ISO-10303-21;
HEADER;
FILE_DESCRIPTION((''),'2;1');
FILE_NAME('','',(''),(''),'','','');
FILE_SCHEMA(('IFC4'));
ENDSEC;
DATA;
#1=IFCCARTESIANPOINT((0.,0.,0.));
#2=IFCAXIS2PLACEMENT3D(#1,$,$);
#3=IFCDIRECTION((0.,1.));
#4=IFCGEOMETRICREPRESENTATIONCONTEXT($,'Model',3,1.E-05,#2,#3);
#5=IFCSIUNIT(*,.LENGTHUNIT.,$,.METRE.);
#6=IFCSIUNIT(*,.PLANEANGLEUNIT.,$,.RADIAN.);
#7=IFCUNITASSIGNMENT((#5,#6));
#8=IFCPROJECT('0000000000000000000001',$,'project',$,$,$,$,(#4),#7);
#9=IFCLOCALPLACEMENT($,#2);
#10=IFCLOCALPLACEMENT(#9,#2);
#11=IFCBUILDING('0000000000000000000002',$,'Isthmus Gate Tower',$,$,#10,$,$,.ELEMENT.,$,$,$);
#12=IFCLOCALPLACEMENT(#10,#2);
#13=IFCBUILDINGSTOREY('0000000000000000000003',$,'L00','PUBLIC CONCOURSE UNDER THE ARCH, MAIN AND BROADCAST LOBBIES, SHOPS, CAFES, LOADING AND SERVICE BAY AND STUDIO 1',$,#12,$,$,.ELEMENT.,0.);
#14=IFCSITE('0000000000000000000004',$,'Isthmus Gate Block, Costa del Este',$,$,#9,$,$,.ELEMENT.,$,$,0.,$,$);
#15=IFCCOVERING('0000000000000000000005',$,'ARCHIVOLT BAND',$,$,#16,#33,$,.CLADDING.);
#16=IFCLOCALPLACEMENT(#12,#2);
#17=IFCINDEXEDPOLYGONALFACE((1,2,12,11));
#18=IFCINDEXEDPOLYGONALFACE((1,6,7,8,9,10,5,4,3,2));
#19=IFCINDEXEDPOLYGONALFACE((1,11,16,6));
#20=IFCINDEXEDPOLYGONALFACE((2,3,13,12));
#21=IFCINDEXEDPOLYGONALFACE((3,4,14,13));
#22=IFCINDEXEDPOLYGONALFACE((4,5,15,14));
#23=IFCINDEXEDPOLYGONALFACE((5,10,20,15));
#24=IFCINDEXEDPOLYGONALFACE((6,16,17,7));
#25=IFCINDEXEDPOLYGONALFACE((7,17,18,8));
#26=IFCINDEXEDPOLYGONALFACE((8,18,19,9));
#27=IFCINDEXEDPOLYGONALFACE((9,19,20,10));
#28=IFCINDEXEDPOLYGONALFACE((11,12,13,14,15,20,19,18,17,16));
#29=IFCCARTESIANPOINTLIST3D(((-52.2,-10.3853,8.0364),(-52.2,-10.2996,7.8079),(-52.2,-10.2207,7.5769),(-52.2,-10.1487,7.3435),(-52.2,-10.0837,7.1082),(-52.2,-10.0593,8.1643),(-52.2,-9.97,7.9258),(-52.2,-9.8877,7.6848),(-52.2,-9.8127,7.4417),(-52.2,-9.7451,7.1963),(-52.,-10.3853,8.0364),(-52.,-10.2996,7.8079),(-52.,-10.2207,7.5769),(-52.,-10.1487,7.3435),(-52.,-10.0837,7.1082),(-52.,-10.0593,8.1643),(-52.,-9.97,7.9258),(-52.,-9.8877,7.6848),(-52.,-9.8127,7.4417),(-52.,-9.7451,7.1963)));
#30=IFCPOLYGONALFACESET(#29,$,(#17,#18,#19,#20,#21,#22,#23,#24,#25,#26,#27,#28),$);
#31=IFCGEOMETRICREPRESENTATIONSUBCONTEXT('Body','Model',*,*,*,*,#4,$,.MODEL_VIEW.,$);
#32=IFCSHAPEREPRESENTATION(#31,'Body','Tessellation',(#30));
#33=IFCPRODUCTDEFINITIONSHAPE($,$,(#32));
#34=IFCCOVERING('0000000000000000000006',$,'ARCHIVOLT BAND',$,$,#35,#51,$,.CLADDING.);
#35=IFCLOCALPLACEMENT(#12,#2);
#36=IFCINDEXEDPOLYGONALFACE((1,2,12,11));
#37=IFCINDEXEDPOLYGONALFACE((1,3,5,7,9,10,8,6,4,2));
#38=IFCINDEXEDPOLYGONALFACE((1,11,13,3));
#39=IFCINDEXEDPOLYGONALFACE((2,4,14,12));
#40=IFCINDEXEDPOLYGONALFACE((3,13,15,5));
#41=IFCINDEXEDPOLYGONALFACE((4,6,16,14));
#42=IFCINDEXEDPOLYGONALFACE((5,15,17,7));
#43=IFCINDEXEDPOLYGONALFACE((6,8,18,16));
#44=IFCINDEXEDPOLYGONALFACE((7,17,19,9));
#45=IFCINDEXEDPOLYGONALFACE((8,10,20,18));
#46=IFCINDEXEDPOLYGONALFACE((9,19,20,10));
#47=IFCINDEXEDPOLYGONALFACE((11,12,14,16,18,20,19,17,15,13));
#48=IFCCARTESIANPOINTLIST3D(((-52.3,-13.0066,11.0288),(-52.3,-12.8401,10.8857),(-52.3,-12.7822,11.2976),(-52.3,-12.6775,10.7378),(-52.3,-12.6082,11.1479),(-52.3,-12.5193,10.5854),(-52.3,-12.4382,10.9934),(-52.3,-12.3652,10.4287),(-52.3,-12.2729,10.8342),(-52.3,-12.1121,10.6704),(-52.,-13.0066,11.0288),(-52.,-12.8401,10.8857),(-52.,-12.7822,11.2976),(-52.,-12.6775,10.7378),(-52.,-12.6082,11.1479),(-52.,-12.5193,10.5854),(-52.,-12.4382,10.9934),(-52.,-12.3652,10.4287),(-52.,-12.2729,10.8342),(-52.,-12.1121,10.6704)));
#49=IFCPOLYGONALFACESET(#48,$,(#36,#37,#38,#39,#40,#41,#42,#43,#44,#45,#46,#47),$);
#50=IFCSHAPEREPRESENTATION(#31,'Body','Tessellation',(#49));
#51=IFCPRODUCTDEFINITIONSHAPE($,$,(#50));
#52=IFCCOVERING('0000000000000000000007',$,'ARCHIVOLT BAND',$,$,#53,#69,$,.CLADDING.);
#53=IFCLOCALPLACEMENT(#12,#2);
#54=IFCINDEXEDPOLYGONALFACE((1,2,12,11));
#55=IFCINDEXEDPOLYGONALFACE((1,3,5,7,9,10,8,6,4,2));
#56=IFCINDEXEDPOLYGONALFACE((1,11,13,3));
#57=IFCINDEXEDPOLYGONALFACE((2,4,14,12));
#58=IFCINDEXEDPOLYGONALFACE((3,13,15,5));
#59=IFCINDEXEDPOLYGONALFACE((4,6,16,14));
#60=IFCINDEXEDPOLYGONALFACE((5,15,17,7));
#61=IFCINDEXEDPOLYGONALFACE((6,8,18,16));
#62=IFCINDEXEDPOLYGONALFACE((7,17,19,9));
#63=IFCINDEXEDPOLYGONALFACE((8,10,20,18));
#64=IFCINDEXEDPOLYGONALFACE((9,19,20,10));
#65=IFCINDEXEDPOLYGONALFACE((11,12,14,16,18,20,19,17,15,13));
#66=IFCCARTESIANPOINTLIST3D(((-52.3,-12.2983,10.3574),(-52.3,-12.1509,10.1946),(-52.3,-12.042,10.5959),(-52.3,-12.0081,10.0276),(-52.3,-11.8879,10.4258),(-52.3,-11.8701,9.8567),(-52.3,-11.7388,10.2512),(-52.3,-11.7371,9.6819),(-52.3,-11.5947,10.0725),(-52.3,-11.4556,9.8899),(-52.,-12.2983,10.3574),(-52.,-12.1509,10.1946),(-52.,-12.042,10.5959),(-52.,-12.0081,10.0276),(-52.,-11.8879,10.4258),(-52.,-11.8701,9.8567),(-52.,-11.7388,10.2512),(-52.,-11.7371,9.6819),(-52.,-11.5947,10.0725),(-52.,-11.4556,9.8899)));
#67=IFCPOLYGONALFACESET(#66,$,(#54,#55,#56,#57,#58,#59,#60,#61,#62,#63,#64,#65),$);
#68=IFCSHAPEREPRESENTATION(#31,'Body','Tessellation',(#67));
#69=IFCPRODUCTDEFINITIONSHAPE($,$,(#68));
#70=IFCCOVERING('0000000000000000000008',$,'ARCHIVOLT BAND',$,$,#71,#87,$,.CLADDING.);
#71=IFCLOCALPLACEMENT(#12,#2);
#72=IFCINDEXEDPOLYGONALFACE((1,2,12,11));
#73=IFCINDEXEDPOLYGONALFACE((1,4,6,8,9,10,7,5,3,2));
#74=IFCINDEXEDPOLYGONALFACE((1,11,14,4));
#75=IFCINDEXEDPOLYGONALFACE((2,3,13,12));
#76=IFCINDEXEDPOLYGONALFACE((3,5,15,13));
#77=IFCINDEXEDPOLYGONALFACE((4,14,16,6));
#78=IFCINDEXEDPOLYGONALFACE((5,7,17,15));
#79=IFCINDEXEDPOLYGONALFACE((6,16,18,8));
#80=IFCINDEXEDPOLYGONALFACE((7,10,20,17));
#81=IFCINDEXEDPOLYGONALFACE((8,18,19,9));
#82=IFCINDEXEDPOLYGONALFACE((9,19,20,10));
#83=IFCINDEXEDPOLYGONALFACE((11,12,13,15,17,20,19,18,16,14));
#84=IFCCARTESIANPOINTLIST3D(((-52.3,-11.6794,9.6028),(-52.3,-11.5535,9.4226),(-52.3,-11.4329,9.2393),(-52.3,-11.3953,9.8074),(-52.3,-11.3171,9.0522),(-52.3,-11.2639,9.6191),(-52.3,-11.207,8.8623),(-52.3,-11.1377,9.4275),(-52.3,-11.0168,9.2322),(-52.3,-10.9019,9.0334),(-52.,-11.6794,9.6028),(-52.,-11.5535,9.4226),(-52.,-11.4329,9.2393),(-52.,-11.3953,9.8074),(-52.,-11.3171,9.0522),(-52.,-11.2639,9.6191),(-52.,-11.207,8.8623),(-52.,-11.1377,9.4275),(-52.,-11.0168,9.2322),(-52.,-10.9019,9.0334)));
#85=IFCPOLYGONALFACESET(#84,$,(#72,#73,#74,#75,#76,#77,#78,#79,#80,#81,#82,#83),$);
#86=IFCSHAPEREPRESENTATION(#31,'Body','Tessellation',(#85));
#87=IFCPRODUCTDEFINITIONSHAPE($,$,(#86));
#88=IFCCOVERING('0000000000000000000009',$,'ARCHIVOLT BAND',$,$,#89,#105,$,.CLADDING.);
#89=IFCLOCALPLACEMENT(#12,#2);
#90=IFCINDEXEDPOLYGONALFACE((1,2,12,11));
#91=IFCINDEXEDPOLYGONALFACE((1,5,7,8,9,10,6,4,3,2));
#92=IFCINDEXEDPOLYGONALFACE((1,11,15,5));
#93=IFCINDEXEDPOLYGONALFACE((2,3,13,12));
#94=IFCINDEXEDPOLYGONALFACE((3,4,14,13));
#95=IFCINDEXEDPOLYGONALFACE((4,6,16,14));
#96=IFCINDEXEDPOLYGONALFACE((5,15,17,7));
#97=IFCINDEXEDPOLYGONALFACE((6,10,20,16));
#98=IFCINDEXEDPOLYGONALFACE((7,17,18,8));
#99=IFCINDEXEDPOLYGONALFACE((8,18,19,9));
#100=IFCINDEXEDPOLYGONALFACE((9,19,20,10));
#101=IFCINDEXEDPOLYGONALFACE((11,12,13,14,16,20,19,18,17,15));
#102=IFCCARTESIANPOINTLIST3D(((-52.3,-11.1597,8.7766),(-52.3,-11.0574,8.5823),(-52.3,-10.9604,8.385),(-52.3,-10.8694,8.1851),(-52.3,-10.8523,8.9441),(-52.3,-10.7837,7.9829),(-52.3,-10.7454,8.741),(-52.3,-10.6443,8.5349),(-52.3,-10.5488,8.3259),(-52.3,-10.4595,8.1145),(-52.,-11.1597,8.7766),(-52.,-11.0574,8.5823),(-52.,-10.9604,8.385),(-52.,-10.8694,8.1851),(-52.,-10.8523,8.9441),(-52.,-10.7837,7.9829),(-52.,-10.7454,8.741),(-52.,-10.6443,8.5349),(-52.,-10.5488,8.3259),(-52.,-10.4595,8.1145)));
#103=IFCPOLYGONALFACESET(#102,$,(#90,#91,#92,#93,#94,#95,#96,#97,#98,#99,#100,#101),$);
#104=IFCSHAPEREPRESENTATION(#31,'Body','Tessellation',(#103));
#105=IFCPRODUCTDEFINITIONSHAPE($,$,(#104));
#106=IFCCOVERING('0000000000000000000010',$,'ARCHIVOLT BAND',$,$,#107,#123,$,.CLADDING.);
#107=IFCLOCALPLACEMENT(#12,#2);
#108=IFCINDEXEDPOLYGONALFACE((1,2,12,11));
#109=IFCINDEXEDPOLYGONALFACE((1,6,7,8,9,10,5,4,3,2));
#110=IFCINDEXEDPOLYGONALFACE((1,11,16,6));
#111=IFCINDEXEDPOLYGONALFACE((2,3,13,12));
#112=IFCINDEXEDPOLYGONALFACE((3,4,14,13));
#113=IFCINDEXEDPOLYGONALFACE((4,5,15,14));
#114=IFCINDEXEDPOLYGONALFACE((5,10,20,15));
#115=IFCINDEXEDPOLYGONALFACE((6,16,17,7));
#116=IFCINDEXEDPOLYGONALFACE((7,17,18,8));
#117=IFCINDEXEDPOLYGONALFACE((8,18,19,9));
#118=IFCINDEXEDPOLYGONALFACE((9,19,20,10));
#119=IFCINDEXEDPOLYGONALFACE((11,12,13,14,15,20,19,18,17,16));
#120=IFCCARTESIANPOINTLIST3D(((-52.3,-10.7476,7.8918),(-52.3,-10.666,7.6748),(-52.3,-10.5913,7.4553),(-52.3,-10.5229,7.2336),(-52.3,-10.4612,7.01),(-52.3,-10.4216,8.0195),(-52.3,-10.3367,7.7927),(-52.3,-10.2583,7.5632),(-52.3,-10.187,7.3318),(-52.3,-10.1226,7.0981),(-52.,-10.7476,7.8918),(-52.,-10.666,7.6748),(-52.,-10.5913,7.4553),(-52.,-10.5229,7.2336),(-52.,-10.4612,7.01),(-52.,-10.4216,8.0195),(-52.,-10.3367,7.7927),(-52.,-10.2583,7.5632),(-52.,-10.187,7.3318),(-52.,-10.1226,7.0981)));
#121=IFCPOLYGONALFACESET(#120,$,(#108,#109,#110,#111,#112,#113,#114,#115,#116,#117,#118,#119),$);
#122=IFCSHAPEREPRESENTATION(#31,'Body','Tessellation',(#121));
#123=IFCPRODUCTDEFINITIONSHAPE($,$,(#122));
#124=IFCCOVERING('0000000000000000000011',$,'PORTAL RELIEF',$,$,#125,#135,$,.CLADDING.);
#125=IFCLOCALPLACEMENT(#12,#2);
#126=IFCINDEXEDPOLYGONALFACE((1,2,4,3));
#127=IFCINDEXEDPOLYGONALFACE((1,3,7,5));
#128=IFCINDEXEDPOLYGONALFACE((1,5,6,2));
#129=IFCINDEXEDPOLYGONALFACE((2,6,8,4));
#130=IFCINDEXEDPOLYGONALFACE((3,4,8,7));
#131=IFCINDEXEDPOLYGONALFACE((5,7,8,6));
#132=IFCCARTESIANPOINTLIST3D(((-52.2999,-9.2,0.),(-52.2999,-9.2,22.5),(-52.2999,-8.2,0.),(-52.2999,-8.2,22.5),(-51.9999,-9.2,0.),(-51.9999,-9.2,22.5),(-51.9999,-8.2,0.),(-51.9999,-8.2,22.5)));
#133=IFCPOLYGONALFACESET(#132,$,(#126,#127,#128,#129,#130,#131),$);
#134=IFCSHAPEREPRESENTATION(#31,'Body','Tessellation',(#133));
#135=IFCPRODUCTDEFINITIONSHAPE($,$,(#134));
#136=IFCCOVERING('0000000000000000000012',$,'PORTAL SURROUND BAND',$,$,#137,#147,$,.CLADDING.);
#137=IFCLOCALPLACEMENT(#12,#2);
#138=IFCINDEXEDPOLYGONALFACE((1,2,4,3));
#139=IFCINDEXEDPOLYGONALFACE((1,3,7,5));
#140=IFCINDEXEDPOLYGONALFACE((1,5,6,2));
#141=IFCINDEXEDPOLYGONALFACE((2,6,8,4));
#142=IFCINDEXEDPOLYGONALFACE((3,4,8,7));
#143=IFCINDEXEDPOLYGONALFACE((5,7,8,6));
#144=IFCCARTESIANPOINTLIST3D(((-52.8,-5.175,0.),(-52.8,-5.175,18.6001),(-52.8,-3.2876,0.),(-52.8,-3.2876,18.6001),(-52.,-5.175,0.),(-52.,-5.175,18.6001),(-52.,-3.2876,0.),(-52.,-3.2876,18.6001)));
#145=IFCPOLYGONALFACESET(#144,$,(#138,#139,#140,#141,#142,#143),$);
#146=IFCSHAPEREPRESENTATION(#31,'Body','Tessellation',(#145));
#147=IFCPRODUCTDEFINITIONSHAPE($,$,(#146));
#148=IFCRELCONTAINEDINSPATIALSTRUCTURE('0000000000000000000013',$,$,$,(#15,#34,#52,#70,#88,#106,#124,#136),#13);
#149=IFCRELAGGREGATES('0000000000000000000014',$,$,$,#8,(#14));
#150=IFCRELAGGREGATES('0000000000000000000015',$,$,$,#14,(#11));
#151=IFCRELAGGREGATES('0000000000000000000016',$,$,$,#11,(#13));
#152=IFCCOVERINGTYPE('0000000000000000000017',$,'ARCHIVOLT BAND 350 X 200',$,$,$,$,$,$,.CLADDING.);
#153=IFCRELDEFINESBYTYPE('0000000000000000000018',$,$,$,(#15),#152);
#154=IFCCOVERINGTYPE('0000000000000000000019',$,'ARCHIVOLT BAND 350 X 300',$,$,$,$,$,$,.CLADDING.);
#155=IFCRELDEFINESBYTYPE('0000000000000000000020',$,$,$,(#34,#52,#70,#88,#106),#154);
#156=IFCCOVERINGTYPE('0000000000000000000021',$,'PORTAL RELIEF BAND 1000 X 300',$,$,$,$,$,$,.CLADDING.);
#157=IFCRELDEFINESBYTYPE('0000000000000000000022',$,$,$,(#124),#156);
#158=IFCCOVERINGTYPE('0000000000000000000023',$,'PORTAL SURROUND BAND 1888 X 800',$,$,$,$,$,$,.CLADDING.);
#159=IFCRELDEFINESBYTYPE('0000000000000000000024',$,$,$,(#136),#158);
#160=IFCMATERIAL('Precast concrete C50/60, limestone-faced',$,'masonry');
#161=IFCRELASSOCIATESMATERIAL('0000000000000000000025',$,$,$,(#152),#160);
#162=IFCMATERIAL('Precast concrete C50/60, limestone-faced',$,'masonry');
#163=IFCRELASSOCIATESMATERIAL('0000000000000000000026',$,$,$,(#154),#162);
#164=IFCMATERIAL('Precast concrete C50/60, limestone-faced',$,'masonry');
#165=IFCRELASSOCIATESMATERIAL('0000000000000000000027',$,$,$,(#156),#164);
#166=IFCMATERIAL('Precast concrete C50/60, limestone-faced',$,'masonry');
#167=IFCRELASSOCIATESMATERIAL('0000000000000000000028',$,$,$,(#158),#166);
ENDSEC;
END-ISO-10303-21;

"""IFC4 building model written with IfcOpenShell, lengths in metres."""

from ifc_helpers import new_model, si_unit, direction, frame, origin, origin_2d, place, context, subcontext, project, spatial, polyline, rectangle, outline, extrude, material, type_object, element, save


model = new_model("IFC4")

# Units and contexts
model_context = context("Model", 3, precision=1e-05, world=origin(), true_north=direction((0.0, 1.0)))
body_context = subcontext(model_context, "Body", "Model", "MODEL_VIEW")
ifc_project = project(units=[si_unit("LENGTHUNIT", "METRE"), si_unit("PLANEANGLEUNIT", "RADIAN")], contexts=[model_context])

# Site, building, storey
site_placement = place(None, origin())
site = spatial("IfcSite", under=ifc_project, at=site_placement, Name="Isthmus Gate Block, Costa del Este", CompositionType="ELEMENT", RefElevation=0.0)
building_placement = place(site_placement, origin())
building = spatial("IfcBuilding", under=site, at=building_placement, Name="Isthmus Gate Tower", CompositionType="ELEMENT")
storey_placement = place(building_placement, origin())
storey = spatial("IfcBuildingStorey", under=building, at=storey_placement, Name="L00", Description="PUBLIC CONCOURSE UNDER THE ARCH, MAIN AND BROADCAST LOBBIES, SHOPS, CAFES, LOADING AND SERVICE BAY AND STUDIO 1", CompositionType="ELEMENT", Elevation=0.0)

# Coverings
ifc_material_1 = material(Name="Precast concrete C50/60, limestone-faced", Category="masonry")
covering_type_1 = type_object("IfcCoveringType", Name="ARCHIVOLT BAND 350 X 200", PredefinedType="CLADDING", material=ifc_material_1)
covering_1_placement = place(storey_placement, frame((-52.2, -10.0593, 8.1643), z_axis=(-1.0, 0.0, 0.0), x_axis=(0.0, 0.350808, -0.936447)))
element("IfcCovering", 1, at=covering_1_placement, inside=storey, type_object=covering_type_1, Name="ARCHIVOLT BAND", PredefinedType="CLADDING", context=body_context, shape_type="SweptSolid", body=[
    extrude(outline(polyline([(0.0, 0.0), (0.2547, 0.0), (0.5092, 0.0075), (0.7632, 0.0226), (1.0167, 0.0453), (0.9805, 0.3934), (0.7373, 0.3716), (0.4935, 0.3572), (0.2495, 0.35), (0.0055, 0.3501), (0.0, 0.0)])), origin(), (0.0, 0.0, -1.0), 0.2),
])
ifc_material_2 = material(Name="Precast concrete C50/60, limestone-faced", Category="masonry")
covering_type_2 = type_object("IfcCoveringType", Name="ARCHIVOLT BAND 350 X 300", PredefinedType="CLADDING", material=ifc_material_2)
covering_2_placement = place(storey_placement, frame((-52.3, -12.7822, 11.2976), z_axis=(-1.0, 0.0, 0.0), x_axis=(0.0, 0.75828, -0.651929)))
element("IfcCovering", 2, at=covering_2_placement, inside=storey, type_object=covering_type_2, Name="ARCHIVOLT BAND", PredefinedType="CLADDING", context=body_context, shape_type="SweptSolid", body=[
    extrude(outline(polyline([(0.0, 0.0), (0.2296, 0.0), (0.4592, 0.0064), (0.6883, 0.0194), (0.9171, 0.0387), (0.8827, 0.387), (0.6637, 0.3686), (0.4444, 0.3562), (0.2246, 0.35), (0.0051, 0.3501), (0.0, 0.0)])), origin(), (0.0, 0.0, -1.0), 0.3),
])
covering_3_placement = place(storey_placement, frame((-52.3, -12.042, 10.5959), z_axis=(-1.0, 0.0, 0.0), x_axis=(0.0, 0.671136, -0.741334)))
element("IfcCovering", 3, at=covering_3_placement, inside=storey, type_object=covering_type_2, Name="ARCHIVOLT BAND", PredefinedType="CLADDING", context=body_context, shape_type="SweptSolid", body=[
    extrude(outline(polyline([(0.0, 0.0), (0.2295, 0.0), (0.4591, 0.0066), (0.6882, 0.0197), (0.917, 0.0391), (0.8823, 0.3874), (0.6634, 0.3687), (0.4441, 0.3563), (0.2245, 0.3501), (0.0048, 0.3501), (0.0, 0.0)])), origin(), (0.0, 0.0, -1.0), 0.3),
])
covering_4_placement = place(storey_placement, frame((-52.3, -11.3953, 9.8074), z_axis=(-1.0, 0.0, 0.0), x_axis=(0.0, 0.572248, -0.820081)))
element("IfcCovering", 4, at=covering_4_placement, inside=storey, type_object=covering_type_2, Name="ARCHIVOLT BAND", PredefinedType="CLADDING", context=body_context, shape_type="SweptSolid", body=[
    extrude(outline(polyline([(0.0, 0.0), (0.2295, 0.0), (0.4589, 0.0062), (0.6883, 0.0188), (0.917, 0.0382), (0.8827, 0.3864), (0.664, 0.3681), (0.4444, 0.3559), (0.225, 0.3499), (0.0052, 0.3501), (0.0, 0.0)])), origin(), (0.0, 0.0, -1.0), 0.3),
])
covering_5_placement = place(storey_placement, frame((-52.3, -10.8523, 8.9441), z_axis=(-1.0, 0.0, 0.0), x_axis=(0.0, 0.465834, -0.884872)))
element("IfcCovering", 5, at=covering_5_placement, inside=storey, type_object=covering_type_2, Name="ARCHIVOLT BAND", PredefinedType="CLADDING", context=body_context, shape_type="SweptSolid", body=[
    extrude(outline(polyline([(0.0, 0.0), (0.2296, 0.0), (0.459, 0.0065), (0.6884, 0.0194), (0.9171, 0.0389), (0.8825, 0.387), (0.6637, 0.3687), (0.4443, 0.3561), (0.2246, 0.35), (0.005, 0.35), (0.0, 0.0)])), origin(), (0.0, 0.0, -1.0), 0.3),
])
covering_6_placement = place(storey_placement, frame((-52.3, -10.4216, 8.0195), z_axis=(-1.0, 0.0, 0.0), x_axis=(0.0, 0.350792, -0.936453)))
element("IfcCovering", 6, at=covering_6_placement, inside=storey, type_object=covering_type_2, Name="ARCHIVOLT BAND", PredefinedType="CLADDING", context=body_context, shape_type="SweptSolid", body=[
    extrude(outline(polyline([(0.0, 0.0), (0.2422, 0.0), (0.4846, 0.0071), (0.7263, 0.0215), (0.9677, 0.0431), (0.9315, 0.3912), (0.7004, 0.3706), (0.4688, 0.3568), (0.2371, 0.3498), (0.0052, 0.35), (0.0, 0.0)])), origin(), (0.0, 0.0, -1.0), 0.3),
])
ifc_material_3 = material(Name="Precast concrete C50/60, limestone-faced", Category="masonry")
covering_type_3 = type_object("IfcCoveringType", Name="PORTAL RELIEF BAND 1000 X 300", PredefinedType="CLADDING", material=ifc_material_3)
covering_7_placement = place(storey_placement, frame((-52.1499, -8.7, 0.0), z_axis=(0.0, 0.0, 1.0), x_axis=(1.0, 0.0, 0.0)))
element("IfcCovering", 7, at=covering_7_placement, inside=storey, type_object=covering_type_3, Name="PORTAL RELIEF", PredefinedType="CLADDING", context=body_context, shape_type="SweptSolid", body=[
    extrude(rectangle(XDim=0.3, YDim=1.0, at=origin_2d()), origin(), (0.0, 0.0, 1.0), 22.5),
])
ifc_material_4 = material(Name="Precast concrete C50/60, limestone-faced", Category="masonry")
covering_type_4 = type_object("IfcCoveringType", Name="PORTAL SURROUND BAND 1888 X 800", PredefinedType="CLADDING", material=ifc_material_4)
covering_8_placement = place(storey_placement, frame((-52.8, -3.2876, 0.0), z_axis=(-1.0, 0.0, 0.0), x_axis=(0.0, -1.0, 0.0)))
element("IfcCovering", 8, at=covering_8_placement, inside=storey, type_object=covering_type_4, Name="PORTAL SURROUND BAND", PredefinedType="CLADDING", context=body_context, shape_type="SweptSolid", body=[
    extrude(outline(polyline([(0.0, 0.0), (1.8875, 0.0), (1.8875, 18.6001), (0.0, 18.6001), (0.0, 0.0)])), origin(), (0.0, 0.0, -1.0), 0.8),
])

save(model, "model.ifc")
